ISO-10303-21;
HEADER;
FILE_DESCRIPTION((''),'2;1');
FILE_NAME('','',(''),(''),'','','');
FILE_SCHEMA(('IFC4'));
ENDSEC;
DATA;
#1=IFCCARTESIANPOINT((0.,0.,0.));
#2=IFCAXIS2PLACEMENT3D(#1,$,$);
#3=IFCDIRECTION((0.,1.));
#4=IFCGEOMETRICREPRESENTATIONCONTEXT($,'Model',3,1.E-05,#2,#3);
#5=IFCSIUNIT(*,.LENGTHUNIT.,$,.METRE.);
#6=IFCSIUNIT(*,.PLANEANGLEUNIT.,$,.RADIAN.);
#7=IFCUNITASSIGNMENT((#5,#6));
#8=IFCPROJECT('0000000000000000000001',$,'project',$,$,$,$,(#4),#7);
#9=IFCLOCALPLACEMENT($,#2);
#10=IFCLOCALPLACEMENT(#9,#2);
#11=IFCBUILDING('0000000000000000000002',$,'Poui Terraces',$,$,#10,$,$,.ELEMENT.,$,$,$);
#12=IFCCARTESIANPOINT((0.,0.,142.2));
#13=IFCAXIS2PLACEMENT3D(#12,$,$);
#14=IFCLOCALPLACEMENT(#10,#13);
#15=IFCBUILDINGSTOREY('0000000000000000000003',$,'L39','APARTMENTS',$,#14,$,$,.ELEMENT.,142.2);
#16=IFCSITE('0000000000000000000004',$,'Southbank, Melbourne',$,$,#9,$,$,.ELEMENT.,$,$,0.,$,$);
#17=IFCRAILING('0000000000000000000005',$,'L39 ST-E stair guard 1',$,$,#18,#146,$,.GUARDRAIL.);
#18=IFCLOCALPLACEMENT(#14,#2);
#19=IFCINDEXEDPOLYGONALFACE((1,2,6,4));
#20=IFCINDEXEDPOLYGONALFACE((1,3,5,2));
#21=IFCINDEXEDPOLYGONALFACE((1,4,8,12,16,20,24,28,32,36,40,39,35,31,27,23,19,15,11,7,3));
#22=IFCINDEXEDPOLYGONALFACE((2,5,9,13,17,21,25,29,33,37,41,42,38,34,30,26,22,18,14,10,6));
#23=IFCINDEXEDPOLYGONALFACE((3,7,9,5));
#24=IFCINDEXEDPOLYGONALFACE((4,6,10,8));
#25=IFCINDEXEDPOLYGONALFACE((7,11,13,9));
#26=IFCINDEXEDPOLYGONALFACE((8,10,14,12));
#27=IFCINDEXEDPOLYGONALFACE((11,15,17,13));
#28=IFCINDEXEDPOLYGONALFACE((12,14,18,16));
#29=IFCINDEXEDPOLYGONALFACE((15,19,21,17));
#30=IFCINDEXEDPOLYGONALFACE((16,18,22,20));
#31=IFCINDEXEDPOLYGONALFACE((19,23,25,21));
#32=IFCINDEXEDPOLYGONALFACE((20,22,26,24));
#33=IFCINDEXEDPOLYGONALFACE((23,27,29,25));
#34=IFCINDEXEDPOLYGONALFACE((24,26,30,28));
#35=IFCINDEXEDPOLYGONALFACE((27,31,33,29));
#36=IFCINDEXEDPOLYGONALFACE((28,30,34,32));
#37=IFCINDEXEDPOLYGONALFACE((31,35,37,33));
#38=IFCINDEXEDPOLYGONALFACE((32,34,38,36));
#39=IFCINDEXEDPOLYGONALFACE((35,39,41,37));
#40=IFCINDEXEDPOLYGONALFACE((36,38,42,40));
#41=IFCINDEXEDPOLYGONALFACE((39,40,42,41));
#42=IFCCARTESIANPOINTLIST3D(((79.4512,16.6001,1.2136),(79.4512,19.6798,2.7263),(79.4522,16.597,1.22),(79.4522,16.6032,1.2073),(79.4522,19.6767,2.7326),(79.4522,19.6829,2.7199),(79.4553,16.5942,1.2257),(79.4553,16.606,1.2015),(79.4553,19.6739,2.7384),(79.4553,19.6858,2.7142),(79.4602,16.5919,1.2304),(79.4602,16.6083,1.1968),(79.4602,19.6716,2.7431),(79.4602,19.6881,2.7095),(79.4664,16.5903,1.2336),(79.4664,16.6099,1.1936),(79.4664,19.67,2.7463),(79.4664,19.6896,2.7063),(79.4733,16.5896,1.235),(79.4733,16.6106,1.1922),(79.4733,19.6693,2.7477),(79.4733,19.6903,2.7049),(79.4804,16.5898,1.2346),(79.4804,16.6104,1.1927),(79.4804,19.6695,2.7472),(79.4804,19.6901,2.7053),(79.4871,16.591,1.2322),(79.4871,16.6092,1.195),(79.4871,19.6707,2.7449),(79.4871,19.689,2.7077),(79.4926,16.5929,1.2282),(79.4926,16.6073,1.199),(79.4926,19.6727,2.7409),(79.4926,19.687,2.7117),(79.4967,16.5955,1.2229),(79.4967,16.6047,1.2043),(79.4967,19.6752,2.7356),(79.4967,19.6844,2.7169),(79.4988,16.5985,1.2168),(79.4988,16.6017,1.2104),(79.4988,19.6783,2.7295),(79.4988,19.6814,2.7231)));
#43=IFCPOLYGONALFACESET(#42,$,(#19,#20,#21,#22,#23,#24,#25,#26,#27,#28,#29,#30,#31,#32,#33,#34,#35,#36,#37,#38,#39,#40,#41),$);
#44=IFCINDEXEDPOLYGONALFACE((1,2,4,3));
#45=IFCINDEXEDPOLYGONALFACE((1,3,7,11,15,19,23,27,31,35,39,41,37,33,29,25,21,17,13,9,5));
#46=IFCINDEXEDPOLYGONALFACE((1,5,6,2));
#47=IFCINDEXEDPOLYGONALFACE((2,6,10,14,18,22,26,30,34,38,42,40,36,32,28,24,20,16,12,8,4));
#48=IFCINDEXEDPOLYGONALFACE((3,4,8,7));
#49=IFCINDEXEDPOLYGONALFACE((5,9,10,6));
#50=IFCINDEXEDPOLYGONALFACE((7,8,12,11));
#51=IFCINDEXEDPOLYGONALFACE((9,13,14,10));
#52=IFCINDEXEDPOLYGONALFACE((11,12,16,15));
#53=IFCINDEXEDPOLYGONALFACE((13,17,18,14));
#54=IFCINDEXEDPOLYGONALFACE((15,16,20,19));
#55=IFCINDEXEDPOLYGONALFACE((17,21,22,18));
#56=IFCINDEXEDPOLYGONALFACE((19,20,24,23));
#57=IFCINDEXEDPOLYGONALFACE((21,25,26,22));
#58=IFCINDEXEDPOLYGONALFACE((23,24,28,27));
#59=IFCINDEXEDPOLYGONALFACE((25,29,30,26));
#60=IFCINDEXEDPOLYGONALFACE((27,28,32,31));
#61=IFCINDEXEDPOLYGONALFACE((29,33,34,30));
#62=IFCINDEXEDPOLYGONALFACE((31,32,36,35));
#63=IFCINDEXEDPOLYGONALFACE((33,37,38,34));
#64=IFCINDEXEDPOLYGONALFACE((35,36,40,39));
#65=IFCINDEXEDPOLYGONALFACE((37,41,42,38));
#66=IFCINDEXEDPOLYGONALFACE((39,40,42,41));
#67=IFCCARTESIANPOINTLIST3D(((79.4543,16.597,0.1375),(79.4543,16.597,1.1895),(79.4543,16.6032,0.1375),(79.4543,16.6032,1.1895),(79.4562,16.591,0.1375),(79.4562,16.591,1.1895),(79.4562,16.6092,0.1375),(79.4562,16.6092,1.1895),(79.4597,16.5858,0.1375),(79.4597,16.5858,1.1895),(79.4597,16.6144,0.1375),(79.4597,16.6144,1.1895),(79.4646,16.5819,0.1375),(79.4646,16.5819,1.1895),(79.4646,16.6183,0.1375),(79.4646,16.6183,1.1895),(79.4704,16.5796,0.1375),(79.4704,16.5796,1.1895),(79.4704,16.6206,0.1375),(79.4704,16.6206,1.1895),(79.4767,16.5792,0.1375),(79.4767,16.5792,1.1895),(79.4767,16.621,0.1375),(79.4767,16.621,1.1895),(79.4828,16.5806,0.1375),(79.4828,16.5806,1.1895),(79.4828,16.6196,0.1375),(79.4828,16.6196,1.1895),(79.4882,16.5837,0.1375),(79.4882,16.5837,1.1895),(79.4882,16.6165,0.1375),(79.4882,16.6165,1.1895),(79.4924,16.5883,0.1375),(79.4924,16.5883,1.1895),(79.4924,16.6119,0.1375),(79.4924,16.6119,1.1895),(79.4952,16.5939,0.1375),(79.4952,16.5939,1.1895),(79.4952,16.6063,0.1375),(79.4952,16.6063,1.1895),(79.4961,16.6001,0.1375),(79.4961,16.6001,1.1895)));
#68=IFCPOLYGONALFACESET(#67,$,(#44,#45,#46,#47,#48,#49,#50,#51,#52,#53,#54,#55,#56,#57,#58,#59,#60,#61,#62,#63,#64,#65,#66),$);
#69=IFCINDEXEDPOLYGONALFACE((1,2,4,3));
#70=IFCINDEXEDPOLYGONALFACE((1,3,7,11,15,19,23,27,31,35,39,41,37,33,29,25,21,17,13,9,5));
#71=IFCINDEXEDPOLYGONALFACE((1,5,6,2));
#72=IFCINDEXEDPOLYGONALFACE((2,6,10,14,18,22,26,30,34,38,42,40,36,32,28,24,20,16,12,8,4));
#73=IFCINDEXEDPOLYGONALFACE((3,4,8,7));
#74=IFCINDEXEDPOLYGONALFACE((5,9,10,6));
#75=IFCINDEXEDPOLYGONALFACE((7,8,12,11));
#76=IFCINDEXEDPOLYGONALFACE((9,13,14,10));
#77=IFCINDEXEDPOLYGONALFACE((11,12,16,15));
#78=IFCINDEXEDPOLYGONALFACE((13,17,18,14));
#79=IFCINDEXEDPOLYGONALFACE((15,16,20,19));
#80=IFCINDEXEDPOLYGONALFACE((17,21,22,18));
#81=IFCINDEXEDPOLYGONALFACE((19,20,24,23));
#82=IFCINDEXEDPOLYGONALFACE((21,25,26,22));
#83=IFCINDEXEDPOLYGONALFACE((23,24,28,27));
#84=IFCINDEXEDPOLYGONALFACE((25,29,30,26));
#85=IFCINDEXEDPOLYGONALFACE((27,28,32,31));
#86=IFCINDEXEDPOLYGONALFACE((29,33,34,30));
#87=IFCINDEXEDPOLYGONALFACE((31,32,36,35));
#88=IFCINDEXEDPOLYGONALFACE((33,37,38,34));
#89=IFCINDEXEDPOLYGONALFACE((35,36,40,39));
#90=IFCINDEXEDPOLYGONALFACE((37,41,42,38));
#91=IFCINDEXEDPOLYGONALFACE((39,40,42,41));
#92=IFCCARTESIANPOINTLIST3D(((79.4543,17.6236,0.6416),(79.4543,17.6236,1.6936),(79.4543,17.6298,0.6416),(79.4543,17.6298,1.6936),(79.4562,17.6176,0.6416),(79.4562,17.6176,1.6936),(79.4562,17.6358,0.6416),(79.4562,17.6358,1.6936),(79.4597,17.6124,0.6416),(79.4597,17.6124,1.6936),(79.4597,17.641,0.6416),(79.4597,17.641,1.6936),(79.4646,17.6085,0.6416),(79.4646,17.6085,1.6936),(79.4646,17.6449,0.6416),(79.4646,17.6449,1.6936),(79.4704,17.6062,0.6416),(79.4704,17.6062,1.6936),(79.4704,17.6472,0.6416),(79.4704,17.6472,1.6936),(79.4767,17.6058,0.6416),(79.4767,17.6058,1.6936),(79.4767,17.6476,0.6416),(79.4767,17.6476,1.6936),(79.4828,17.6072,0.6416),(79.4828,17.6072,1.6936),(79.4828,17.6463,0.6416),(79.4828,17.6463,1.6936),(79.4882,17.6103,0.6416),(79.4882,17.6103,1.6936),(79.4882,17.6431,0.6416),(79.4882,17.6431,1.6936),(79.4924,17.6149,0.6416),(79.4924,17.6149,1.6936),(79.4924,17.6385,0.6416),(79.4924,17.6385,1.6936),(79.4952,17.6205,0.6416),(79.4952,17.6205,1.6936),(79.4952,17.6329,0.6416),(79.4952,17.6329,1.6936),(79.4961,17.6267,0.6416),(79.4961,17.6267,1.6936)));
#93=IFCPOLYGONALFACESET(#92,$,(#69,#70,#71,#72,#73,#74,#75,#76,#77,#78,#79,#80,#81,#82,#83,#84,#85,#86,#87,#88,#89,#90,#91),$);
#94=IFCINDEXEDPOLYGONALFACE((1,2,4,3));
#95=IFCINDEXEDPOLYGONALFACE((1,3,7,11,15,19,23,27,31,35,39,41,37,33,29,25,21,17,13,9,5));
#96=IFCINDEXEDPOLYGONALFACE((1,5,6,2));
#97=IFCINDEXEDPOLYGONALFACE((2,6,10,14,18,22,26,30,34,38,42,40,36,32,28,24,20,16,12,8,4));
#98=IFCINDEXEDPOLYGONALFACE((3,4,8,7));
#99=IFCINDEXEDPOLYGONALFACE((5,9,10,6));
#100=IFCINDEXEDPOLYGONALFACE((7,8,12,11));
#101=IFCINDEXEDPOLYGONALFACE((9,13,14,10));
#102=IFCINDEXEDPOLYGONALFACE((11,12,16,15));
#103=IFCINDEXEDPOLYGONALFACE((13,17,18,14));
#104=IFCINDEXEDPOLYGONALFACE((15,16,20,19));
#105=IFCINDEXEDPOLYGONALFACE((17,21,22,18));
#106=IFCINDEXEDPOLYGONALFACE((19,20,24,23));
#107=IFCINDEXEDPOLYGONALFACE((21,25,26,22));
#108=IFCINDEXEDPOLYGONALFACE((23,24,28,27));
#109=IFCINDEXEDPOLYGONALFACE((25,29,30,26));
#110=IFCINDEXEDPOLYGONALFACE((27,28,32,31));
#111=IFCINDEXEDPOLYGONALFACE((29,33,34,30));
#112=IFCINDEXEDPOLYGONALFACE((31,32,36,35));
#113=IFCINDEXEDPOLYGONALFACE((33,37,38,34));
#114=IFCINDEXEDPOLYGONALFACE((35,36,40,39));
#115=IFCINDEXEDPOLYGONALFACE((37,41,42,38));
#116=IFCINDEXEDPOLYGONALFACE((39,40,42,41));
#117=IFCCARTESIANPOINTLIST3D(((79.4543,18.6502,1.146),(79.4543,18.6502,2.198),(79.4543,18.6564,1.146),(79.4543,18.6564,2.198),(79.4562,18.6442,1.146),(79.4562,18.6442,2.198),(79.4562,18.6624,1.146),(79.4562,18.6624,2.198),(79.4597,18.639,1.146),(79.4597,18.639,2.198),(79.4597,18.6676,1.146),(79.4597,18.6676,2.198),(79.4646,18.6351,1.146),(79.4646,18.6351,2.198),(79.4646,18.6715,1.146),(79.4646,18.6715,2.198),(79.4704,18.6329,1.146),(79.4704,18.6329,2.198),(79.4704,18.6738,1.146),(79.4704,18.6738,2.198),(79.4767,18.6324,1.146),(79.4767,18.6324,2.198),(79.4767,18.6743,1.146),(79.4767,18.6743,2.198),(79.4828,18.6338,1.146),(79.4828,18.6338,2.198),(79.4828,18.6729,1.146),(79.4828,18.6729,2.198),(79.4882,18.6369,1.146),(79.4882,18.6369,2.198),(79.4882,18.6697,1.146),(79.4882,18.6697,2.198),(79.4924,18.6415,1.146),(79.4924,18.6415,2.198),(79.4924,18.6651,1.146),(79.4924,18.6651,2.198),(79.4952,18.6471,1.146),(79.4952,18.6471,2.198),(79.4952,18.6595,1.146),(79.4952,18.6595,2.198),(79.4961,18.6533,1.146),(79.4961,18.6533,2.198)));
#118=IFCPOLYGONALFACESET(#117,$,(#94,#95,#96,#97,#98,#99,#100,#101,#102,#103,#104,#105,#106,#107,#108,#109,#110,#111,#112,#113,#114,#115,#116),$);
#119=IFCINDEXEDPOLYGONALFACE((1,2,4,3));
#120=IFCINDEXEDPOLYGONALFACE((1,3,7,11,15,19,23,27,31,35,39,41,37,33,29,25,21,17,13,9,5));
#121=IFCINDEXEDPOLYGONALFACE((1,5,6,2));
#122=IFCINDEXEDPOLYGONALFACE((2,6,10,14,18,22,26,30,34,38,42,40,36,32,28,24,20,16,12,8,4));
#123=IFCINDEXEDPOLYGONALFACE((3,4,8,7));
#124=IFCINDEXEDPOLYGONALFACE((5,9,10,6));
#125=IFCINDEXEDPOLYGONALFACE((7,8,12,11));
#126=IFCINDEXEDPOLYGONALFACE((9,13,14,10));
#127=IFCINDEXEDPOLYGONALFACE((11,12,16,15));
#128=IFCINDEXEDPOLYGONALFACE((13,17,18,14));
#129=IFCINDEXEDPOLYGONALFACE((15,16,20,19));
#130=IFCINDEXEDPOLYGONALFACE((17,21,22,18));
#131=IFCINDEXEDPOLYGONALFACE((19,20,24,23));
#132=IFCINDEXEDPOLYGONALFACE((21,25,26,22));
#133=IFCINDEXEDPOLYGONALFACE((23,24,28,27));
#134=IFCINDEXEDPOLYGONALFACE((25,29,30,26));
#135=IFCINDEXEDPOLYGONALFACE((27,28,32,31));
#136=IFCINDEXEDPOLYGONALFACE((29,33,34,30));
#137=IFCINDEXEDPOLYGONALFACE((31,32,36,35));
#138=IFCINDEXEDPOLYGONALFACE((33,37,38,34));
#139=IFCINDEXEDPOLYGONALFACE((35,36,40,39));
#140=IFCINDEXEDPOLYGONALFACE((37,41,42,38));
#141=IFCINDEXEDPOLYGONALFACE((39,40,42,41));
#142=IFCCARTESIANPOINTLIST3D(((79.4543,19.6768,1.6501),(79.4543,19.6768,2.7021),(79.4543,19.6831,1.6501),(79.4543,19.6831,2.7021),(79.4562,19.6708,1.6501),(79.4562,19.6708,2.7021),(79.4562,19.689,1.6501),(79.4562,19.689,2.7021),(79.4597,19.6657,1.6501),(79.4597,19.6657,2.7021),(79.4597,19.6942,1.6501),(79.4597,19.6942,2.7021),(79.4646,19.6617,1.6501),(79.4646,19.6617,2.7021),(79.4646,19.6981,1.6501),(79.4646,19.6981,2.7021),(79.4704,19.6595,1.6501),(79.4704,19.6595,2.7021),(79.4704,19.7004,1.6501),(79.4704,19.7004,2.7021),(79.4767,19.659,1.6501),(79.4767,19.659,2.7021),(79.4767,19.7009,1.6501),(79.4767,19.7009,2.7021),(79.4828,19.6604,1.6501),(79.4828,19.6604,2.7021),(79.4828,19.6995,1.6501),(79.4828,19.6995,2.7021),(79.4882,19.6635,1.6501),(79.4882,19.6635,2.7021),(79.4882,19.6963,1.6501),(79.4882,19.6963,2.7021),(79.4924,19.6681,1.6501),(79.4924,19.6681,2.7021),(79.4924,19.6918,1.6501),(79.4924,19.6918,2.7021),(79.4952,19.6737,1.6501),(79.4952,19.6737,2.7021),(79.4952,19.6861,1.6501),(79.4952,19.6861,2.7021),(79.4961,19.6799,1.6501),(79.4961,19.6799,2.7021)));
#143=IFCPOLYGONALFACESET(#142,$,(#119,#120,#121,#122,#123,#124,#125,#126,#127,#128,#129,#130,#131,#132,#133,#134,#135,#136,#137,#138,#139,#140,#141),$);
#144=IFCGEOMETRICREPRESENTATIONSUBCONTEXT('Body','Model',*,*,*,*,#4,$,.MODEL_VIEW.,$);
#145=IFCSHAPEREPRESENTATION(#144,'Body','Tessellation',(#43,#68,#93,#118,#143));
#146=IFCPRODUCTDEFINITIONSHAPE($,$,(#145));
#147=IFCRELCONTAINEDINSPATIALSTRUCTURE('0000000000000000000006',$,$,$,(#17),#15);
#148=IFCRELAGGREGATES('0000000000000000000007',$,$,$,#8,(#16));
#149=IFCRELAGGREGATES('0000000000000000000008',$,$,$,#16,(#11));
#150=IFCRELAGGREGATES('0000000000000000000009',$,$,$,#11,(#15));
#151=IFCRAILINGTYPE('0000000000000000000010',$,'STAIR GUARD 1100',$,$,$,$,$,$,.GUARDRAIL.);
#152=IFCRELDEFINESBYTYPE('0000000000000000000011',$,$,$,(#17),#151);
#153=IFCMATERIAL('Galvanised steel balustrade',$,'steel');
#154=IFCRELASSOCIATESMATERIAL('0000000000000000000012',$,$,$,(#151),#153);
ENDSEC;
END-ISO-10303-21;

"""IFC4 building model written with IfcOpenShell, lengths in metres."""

from ifc_helpers import new_model, si_unit, direction, frame, origin, origin_2d, place, context, subcontext, project, spatial, circle, extrude, material, type_object, element, save


model = new_model("IFC4")

# Units and contexts
model_context = context("Model", 3, precision=1e-05, world=origin(), true_north=direction((0.0, 1.0)))
body_context = subcontext(model_context, "Body", "Model", "MODEL_VIEW")
ifc_project = project(units=[si_unit("LENGTHUNIT", "METRE"), si_unit("PLANEANGLEUNIT", "RADIAN")], contexts=[model_context])

# Site, building, storey
site_placement = place(None, origin())
site = spatial("IfcSite", under=ifc_project, at=site_placement, Name="Southbank, Melbourne", CompositionType="ELEMENT", RefElevation=0.0)
building_placement = place(site_placement, origin())
building = spatial("IfcBuilding", under=site, at=building_placement, Name="Poui Terraces", CompositionType="ELEMENT")
storey_placement = place(building_placement, frame((0.0, 0.0, 142.2)))
storey = spatial("IfcBuildingStorey", under=building, at=storey_placement, Name="L39", Description="APARTMENTS", CompositionType="ELEMENT", Elevation=142.2)

# Railing
ifc_material_1 = material(Name="Galvanised steel balustrade", Category="steel")
railing_type_1 = type_object("IfcRailingType", Name="STAIR GUARD 1100", PredefinedType="GUARDRAIL", material=ifc_material_1)
railing_1_placement = place(storey_placement, frame((79.4751, 16.6001, 0.1375)))
element("IfcRailing", 1, at=railing_1_placement, inside=storey, type_object=railing_type_1, Name="L39 ST-E stair guard 1", PredefinedType="GUARDRAIL", context=body_context, shape_type="SweptSolid", body=[
    extrude(circle(Radius=0.0239, at=origin_2d()), frame((0.0, 0.0, 1.0762), z_axis=(0.0, 0.897578, 0.440856), x_axis=(-1.0, 0.0, 0.0)), (0.0, 0.0, 1.0), 3.4312),
    extrude(circle(Radius=0.021, at=origin_2d()), origin(), (0.0, 0.0, 1.0), 1.052),
    extrude(circle(Radius=0.021, at=origin_2d()), frame((0.0, 1.0266, 0.5042)), (0.0, 0.0, 1.0), 1.052),
    extrude(circle(Radius=0.021, at=origin_2d()), frame((0.0, 2.0532, 1.0085)), (0.0, 0.0, 1.0), 1.052),
    extrude(circle(Radius=0.021, at=origin_2d()), frame((0.0, 3.0798, 1.5127)), (0.0, 0.0, 1.0), 1.052),
])

save(model, "model.ifc")
